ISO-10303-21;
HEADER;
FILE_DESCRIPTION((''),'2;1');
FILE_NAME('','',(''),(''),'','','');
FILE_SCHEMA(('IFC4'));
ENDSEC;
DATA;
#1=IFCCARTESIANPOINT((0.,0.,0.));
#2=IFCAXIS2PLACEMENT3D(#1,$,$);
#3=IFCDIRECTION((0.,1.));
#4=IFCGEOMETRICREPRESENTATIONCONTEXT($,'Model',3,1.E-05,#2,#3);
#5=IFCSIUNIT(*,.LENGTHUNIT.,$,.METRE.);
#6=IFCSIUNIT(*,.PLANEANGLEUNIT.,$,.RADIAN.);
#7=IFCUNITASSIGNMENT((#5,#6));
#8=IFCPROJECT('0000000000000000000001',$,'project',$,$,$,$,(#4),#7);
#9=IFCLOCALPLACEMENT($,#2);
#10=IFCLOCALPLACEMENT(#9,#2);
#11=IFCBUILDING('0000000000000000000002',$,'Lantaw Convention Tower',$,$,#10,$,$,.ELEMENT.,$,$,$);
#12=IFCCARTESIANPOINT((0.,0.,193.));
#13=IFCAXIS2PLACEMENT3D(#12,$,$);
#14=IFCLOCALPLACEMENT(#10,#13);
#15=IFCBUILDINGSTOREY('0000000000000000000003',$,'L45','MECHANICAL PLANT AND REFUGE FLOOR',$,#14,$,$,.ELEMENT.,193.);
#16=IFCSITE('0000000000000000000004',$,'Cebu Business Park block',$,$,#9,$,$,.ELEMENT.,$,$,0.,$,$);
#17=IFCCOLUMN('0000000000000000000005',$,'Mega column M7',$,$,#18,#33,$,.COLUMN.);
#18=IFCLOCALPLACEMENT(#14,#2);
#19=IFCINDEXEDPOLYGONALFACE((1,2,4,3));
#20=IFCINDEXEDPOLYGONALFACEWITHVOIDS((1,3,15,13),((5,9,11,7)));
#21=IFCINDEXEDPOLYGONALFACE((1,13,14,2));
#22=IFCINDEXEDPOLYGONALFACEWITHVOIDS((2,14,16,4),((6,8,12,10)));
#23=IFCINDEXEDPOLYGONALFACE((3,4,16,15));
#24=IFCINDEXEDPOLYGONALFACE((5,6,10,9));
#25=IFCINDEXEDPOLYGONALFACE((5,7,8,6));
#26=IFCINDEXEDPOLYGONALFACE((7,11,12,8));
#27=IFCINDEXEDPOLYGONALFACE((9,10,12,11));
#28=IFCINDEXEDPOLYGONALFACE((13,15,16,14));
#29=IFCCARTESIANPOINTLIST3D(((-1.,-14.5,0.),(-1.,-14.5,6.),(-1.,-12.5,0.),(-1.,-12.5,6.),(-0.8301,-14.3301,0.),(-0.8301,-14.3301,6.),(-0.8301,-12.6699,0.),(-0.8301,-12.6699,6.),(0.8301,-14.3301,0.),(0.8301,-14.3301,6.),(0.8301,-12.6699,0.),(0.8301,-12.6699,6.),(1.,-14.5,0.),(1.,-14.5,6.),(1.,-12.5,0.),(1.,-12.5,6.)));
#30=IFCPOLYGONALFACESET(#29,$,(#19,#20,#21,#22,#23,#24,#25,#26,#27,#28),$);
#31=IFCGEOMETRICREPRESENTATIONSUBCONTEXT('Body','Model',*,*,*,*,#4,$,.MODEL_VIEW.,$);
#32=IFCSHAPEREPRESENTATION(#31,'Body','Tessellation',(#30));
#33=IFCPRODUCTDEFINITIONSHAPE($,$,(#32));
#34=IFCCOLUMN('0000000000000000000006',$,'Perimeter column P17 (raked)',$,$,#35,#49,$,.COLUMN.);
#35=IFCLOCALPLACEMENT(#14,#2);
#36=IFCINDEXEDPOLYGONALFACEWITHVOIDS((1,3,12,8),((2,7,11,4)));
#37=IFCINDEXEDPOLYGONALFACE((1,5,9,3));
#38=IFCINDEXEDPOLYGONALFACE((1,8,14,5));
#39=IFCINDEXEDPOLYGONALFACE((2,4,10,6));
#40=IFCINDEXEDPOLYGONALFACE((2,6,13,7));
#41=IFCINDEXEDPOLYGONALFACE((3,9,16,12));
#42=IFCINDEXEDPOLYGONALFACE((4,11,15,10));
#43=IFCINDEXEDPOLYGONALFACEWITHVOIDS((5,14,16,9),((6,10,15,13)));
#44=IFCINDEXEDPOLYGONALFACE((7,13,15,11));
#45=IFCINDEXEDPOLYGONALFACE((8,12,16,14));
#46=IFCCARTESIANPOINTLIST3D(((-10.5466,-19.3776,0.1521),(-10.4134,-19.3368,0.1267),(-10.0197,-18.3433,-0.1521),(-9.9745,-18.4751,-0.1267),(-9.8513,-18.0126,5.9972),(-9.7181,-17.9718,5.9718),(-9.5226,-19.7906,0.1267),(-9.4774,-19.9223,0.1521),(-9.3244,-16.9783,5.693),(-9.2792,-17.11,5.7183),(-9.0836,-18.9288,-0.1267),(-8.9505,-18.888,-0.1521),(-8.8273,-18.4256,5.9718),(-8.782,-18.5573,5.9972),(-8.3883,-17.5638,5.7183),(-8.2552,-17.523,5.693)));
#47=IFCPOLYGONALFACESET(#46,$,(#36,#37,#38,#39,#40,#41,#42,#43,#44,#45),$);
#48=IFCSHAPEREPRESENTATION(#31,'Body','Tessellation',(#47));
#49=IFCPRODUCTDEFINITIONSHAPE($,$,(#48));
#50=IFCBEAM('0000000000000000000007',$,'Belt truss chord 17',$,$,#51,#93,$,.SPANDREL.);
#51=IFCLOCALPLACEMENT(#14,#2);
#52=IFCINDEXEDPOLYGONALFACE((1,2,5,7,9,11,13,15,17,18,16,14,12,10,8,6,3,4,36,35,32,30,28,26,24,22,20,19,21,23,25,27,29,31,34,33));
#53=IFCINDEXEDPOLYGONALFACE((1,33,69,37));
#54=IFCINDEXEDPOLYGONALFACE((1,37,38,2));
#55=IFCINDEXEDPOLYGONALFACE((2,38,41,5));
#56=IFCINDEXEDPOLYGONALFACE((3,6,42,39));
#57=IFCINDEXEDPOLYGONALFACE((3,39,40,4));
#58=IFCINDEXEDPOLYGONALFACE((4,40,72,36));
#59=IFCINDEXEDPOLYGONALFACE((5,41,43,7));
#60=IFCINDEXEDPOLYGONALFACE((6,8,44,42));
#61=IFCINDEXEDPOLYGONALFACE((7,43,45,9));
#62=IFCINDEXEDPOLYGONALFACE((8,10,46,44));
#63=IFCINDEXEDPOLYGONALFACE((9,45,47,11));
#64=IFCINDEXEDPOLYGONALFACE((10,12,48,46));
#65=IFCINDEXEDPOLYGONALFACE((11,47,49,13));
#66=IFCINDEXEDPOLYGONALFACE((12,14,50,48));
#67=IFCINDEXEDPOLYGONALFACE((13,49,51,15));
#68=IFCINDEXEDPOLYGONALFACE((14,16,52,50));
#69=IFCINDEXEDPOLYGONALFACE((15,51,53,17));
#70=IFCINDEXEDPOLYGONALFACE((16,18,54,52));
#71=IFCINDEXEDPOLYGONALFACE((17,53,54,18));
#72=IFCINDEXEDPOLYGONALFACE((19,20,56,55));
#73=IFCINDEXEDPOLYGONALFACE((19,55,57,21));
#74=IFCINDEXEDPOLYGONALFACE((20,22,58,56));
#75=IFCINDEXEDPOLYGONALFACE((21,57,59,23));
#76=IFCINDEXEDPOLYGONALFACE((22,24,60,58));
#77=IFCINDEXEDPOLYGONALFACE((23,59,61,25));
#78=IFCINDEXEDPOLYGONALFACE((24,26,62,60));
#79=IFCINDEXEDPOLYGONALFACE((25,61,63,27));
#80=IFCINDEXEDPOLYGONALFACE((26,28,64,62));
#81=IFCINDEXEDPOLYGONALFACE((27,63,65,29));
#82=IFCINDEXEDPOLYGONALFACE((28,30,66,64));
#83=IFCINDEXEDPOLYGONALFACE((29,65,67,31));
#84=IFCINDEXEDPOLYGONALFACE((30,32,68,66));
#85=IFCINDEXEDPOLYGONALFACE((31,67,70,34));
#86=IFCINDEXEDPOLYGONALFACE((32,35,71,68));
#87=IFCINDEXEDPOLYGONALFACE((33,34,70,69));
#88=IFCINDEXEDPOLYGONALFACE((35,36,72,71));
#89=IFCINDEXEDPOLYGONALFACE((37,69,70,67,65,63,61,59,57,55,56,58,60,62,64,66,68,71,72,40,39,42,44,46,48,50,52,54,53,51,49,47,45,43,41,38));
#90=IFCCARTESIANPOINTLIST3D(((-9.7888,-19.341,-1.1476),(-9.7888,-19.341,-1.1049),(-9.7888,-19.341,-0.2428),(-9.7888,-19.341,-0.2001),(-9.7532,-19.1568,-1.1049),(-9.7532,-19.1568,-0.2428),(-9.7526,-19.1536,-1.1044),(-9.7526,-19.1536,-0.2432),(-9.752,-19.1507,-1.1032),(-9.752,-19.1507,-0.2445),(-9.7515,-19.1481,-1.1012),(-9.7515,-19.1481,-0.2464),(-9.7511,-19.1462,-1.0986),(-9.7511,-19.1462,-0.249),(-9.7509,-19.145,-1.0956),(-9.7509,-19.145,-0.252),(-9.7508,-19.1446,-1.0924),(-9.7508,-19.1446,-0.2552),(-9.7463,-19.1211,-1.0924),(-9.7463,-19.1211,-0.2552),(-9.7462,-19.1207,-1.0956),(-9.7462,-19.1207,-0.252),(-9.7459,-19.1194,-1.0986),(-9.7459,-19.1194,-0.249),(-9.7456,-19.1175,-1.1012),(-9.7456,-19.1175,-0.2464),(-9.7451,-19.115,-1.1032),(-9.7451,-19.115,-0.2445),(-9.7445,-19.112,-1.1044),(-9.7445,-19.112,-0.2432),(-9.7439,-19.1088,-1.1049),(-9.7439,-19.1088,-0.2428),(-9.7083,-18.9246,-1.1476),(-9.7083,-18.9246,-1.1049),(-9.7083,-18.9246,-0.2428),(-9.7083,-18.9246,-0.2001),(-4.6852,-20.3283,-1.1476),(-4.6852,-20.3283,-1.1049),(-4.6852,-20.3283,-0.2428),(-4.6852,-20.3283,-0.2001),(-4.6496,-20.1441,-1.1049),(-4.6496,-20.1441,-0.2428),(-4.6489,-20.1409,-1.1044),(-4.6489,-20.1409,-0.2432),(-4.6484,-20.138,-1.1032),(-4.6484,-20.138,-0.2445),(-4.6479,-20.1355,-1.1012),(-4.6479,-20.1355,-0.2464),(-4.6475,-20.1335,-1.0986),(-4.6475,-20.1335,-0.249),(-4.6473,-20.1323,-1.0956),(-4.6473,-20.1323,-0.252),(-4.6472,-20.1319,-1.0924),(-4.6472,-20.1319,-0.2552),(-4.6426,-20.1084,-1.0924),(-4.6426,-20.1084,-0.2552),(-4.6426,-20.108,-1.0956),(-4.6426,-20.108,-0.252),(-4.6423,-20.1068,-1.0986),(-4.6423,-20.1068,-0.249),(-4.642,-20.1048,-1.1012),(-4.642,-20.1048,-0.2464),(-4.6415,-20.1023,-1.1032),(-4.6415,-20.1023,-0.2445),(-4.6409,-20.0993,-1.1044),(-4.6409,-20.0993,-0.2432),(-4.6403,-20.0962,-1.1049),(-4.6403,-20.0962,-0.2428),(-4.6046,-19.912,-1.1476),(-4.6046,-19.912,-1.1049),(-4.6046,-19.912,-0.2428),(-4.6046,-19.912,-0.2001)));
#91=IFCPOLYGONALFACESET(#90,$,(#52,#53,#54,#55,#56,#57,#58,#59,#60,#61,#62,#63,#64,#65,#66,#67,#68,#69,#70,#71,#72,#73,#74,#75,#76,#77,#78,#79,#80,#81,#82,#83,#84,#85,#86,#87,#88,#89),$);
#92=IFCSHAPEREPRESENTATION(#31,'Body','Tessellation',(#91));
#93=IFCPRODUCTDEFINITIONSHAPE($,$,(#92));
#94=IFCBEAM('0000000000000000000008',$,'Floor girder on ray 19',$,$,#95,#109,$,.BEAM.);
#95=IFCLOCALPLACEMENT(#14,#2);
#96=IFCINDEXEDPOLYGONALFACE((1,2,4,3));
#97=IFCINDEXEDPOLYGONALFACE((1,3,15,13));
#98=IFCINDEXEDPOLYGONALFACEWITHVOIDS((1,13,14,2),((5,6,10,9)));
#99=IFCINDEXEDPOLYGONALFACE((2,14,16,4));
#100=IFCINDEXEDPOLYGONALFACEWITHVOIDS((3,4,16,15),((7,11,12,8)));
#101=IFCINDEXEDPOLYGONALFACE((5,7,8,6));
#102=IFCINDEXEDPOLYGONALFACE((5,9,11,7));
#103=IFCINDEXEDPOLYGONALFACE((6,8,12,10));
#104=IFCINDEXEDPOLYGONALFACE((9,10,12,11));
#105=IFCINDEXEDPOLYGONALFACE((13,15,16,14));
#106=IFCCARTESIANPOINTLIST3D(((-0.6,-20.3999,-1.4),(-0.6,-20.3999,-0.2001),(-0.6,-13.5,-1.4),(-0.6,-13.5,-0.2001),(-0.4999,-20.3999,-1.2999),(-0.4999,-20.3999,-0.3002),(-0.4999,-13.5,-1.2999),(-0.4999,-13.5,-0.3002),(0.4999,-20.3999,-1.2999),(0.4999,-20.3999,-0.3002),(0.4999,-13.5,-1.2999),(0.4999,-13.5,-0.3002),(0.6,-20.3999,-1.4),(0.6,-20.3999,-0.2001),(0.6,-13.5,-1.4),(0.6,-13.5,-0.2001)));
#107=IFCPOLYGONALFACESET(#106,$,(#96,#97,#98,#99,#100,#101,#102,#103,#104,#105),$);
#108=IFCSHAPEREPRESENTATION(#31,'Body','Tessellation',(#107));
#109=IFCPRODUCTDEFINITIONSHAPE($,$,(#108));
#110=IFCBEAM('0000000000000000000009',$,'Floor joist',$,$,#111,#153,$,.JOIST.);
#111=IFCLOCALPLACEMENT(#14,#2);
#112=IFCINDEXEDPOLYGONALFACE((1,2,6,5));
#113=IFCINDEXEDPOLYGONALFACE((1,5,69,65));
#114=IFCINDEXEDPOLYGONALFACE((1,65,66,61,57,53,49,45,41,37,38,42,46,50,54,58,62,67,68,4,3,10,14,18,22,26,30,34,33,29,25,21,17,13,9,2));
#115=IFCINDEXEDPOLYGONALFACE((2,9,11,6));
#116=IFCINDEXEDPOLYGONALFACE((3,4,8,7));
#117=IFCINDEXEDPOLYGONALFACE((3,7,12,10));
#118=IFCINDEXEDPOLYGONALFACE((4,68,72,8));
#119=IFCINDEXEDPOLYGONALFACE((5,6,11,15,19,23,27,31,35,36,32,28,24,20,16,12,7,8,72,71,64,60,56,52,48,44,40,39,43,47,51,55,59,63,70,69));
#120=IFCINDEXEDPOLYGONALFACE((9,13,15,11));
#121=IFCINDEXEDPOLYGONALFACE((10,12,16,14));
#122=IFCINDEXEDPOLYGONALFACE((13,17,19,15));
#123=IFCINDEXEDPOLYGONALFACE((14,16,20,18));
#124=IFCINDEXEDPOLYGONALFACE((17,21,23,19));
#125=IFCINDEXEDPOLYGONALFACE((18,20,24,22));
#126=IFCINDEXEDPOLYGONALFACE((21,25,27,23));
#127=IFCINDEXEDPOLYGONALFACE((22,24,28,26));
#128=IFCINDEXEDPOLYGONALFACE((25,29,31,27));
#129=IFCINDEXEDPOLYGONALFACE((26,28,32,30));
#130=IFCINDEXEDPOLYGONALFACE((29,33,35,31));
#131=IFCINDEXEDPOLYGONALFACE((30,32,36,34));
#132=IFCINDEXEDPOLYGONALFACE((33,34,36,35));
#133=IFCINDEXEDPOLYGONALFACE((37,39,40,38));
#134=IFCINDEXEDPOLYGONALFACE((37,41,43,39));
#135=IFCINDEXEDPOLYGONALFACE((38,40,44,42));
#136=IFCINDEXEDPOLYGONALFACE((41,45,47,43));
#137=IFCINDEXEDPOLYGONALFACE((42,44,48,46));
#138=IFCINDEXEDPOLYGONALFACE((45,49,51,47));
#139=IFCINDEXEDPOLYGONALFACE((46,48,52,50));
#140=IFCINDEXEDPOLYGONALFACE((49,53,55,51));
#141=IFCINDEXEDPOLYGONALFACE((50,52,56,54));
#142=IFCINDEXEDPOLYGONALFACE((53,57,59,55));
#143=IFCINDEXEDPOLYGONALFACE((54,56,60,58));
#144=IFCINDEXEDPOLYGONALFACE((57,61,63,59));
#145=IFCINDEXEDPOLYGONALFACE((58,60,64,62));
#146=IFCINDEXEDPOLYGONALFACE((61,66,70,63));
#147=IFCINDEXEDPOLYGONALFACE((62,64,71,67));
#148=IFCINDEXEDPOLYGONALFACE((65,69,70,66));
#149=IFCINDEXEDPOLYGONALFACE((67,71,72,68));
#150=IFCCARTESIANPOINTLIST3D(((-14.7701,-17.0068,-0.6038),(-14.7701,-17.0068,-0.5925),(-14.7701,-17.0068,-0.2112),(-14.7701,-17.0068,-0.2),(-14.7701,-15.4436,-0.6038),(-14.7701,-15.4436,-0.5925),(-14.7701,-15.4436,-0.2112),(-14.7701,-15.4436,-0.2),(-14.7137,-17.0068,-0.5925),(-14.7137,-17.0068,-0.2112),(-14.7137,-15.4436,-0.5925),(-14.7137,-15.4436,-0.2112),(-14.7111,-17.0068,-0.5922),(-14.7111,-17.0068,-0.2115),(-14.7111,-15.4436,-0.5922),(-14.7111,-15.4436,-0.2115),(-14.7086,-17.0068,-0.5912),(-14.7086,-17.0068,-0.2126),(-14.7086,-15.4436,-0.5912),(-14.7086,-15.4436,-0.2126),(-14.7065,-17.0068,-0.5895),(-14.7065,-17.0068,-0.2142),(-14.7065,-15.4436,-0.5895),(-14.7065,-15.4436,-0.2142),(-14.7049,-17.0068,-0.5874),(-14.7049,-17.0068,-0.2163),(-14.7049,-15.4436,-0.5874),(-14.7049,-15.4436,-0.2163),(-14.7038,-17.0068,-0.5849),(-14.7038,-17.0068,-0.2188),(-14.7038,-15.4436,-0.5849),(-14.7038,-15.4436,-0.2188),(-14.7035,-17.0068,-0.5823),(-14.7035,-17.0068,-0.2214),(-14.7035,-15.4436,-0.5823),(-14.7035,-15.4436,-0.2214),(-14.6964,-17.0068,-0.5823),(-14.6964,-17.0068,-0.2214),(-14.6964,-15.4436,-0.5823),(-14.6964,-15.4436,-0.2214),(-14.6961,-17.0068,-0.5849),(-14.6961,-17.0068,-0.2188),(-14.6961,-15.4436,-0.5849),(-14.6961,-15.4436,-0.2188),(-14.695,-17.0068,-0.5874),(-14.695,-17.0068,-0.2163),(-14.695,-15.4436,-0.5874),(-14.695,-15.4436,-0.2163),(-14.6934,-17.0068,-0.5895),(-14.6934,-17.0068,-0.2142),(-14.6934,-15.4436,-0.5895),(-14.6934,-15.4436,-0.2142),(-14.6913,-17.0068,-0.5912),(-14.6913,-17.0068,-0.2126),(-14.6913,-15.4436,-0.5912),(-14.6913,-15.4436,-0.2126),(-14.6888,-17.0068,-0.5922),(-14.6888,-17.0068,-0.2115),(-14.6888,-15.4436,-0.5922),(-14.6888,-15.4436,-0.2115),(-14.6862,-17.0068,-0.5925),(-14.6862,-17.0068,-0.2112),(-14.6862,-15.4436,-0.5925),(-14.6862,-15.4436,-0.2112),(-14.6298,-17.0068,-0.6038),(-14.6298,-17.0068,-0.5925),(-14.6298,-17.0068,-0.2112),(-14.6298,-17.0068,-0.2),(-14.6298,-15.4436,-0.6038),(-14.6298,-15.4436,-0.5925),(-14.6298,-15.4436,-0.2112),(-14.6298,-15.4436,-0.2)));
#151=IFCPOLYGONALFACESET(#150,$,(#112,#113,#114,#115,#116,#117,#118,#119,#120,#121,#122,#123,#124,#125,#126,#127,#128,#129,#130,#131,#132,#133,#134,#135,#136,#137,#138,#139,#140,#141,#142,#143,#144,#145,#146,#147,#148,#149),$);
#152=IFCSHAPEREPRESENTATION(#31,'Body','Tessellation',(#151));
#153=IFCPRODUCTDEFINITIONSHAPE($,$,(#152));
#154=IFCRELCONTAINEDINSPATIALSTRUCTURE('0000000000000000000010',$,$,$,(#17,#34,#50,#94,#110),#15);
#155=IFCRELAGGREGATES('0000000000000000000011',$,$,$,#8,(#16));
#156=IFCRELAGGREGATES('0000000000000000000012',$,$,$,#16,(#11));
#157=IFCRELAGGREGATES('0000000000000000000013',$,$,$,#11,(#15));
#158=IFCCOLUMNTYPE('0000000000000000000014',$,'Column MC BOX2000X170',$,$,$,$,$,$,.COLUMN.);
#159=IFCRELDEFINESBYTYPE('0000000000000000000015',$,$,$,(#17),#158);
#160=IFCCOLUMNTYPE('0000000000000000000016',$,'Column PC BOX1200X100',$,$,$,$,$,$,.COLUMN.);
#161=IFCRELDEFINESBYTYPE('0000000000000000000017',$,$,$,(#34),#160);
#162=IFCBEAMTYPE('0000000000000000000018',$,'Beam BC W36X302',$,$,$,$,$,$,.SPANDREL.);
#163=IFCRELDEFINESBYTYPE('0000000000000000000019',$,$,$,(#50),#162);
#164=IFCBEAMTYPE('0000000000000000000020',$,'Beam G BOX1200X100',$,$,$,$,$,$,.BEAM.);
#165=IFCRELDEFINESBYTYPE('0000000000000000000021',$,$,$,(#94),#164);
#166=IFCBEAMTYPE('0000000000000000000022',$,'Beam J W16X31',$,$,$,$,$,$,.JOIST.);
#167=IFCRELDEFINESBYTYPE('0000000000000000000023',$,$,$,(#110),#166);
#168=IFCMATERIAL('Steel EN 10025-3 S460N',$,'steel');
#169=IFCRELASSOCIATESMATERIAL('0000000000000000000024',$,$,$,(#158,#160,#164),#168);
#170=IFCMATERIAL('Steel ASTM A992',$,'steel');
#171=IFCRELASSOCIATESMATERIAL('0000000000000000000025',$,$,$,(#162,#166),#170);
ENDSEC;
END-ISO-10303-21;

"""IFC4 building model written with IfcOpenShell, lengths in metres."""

from ifc_helpers import new_model, si_unit, direction, frame, origin, origin_2d, place, context, subcontext, project, spatial, rectangle, hollow_rectangle, i_section, extrude, material, material_profile, profile_set, type_object, element, save


model = new_model("IFC4")

# Units and contexts
model_context = context("Model", 3, precision=1e-05, world=origin(), true_north=direction((0.0, 1.0)))
body_context = subcontext(model_context, "Body", "Model", "MODEL_VIEW")
ifc_project = project(units=[si_unit("LENGTHUNIT", "METRE"), si_unit("PLANEANGLEUNIT", "RADIAN")], contexts=[model_context])

# Site, building, storey
site_placement = place(None, origin())
site = spatial("IfcSite", under=ifc_project, at=site_placement, Name="Cebu Business Park block", CompositionType="ELEMENT", RefElevation=0.0)
building_placement = place(site_placement, origin())
building = spatial("IfcBuilding", under=site, at=building_placement, Name="Lantaw Convention Tower", CompositionType="ELEMENT")
storey_placement = place(building_placement, frame((0.0, 0.0, 193.0)))
storey = spatial("IfcBuildingStorey", under=building, at=storey_placement, Name="L45", Description="MECHANICAL PLANT AND REFUGE FLOOR", CompositionType="ELEMENT", Elevation=193.0)

# Columns
ifc_material_1 = material(Name="Steel EN 10025-3 S460N", Category="steel")
ifc_material_profile_1 = material_profile(ifc_material_1, hollow_rectangle(XDim=2.0, YDim=2.0, WallThickness=0.1699, at=origin_2d()), Name="BOX2000X170")
ifc_material_2 = material(Name="Concrete C60/75", Category="concrete")
ifc_material_profile_2 = material_profile(ifc_material_2, rectangle(XDim=1.6599, YDim=1.6599, at=origin_2d()), Name="Concrete fill of BOX2000X170")
ifc_profile_set_1 = profile_set([ifc_material_profile_1, ifc_material_profile_2], Name="Steel EN 10025-3 S460N")
column_type_1 = type_object("IfcColumnType", Name="Column MC BOX2000X170", PredefinedType="COLUMN", material=ifc_profile_set_1)
column_1_placement = place(storey_placement, frame((0.0, -13.5, 0.0), z_axis=(0.0, 0.0, 1.0), x_axis=(1.0, 0.0, 0.0)))
element("IfcColumn", 1, at=column_1_placement, inside=storey, type_object=column_type_1, Name="Mega column M7", PredefinedType="COLUMN", context=body_context, shape_type="SweptSolid", body=[
    extrude(hollow_rectangle(XDim=2.0, YDim=2.0, WallThickness=0.1699, at=origin_2d()), origin(), (0.0, 0.0, 1.0), 6.0),
])
ifc_material_profile_3 = material_profile(ifc_material_1, hollow_rectangle(XDim=1.2, YDim=1.2, WallThickness=0.1001, at=origin_2d()), Name="BOX1200X100")
ifc_material_profile_4 = material_profile(ifc_material_2, rectangle(XDim=1.0, YDim=1.0, at=origin_2d()), Name="Concrete fill of BOX1200X100")
ifc_profile_set_2 = profile_set([ifc_material_profile_3, ifc_material_profile_4], Name="Steel EN 10025-3 S460N")
column_type_2 = type_object("IfcColumnType", Name="Column PC BOX1200X100", PredefinedType="COLUMN", material=ifc_profile_set_2)
column_2_placement = place(storey_placement, frame((-9.7485, -19.1328, 0.0), z_axis=(0.115073, 0.225903, 0.967329), x_axis=(-0.891055, 0.453895, 0.0)))
element("IfcColumn", 2, at=column_2_placement, inside=storey, type_object=column_type_2, Name="Perimeter column P17 (raked)", PredefinedType="COLUMN", context=body_context, shape_type="SweptSolid", body=[
    extrude(hollow_rectangle(XDim=1.2, YDim=1.2, WallThickness=0.1001, at=origin_2d()), origin(), (0.0, 0.0, 1.0), 6.0425),
])

# Beams
ifc_material_3 = material(Name="Steel ASTM A992", Category="steel")
ifc_material_profile_5 = material_profile(ifc_material_3, i_section(OverallWidth=0.4241, OverallDepth=0.9475, WebThickness=0.0239, FlangeThickness=0.0427, FilletRadius=0.0125, at=origin_2d()), Name="W36X302")
ifc_profile_set_3 = profile_set([ifc_material_profile_5], Name="Steel ASTM A992")
beam_type_1 = type_object("IfcBeamType", Name="Beam BC W36X302", PredefinedType="SPANDREL", material=ifc_profile_set_3)
beam_1_placement = place(storey_placement, frame((-9.7485, -19.1328, -0.6738), z_axis=(0.981797, -0.189934, 0.0), x_axis=(0.189934, 0.981797, 0.0)))
element("IfcBeam", 3, at=beam_1_placement, inside=storey, type_object=beam_type_1, Name="Belt truss chord 17", PredefinedType="SPANDREL", context=body_context, shape_type="SweptSolid", body=[
    extrude(i_section(OverallWidth=0.4241, OverallDepth=0.9475, WebThickness=0.0239, FlangeThickness=0.0427, FilletRadius=0.0125, at=origin_2d()), origin(), (0.0, 0.0, 1.0), 5.1982),
])
ifc_material_profile_6 = material_profile(ifc_material_1, hollow_rectangle(XDim=1.2, YDim=1.2, WallThickness=0.1001, at=origin_2d()), Name="BOX1200X100")
ifc_profile_set_4 = profile_set([ifc_material_profile_6], Name="Steel EN 10025-3 S460N")
beam_type_2 = type_object("IfcBeamType", Name="Beam G BOX1200X100", PredefinedType="BEAM", material=ifc_profile_set_4)
beam_2_placement = place(storey_placement, frame((0.0, -13.5, -0.8), z_axis=(0.0, -1.0, 0.0), x_axis=(1.0, 0.0, 0.0)))
element("IfcBeam", 4, at=beam_2_placement, inside=storey, type_object=beam_type_2, Name="Floor girder on ray 19", PredefinedType="BEAM", context=body_context, shape_type="SweptSolid", body=[
    extrude(hollow_rectangle(XDim=1.2, YDim=1.2, WallThickness=0.1001, at=origin_2d()), origin(), (0.0, 0.0, 1.0), 6.8999),
])
ifc_material_profile_7 = material_profile(ifc_material_3, i_section(OverallWidth=0.1404, OverallDepth=0.4038, WebThickness=0.0071, FlangeThickness=0.0112, FilletRadius=0.0103, at=origin_2d()), Name="W16X31")
ifc_profile_set_5 = profile_set([ifc_material_profile_7], Name="Steel ASTM A992")
beam_type_3 = type_object("IfcBeamType", Name="Beam J W16X31", PredefinedType="JOIST", material=ifc_profile_set_5)
beam_3_placement = place(storey_placement, frame((-14.7, -17.0068, -0.4019), z_axis=(0.0, 1.0, 0.0), x_axis=(-1.0, 0.0, 0.0)))
element("IfcBeam", 5, at=beam_3_placement, inside=storey, type_object=beam_type_3, Name="Floor joist", PredefinedType="JOIST", context=body_context, shape_type="SweptSolid", body=[
    extrude(i_section(OverallWidth=0.1404, OverallDepth=0.4038, WebThickness=0.0071, FlangeThickness=0.0112, FilletRadius=0.0103, at=origin_2d()), origin(), (0.0, 0.0, 1.0), 1.5632),
])

save(model, "model.ifc")
